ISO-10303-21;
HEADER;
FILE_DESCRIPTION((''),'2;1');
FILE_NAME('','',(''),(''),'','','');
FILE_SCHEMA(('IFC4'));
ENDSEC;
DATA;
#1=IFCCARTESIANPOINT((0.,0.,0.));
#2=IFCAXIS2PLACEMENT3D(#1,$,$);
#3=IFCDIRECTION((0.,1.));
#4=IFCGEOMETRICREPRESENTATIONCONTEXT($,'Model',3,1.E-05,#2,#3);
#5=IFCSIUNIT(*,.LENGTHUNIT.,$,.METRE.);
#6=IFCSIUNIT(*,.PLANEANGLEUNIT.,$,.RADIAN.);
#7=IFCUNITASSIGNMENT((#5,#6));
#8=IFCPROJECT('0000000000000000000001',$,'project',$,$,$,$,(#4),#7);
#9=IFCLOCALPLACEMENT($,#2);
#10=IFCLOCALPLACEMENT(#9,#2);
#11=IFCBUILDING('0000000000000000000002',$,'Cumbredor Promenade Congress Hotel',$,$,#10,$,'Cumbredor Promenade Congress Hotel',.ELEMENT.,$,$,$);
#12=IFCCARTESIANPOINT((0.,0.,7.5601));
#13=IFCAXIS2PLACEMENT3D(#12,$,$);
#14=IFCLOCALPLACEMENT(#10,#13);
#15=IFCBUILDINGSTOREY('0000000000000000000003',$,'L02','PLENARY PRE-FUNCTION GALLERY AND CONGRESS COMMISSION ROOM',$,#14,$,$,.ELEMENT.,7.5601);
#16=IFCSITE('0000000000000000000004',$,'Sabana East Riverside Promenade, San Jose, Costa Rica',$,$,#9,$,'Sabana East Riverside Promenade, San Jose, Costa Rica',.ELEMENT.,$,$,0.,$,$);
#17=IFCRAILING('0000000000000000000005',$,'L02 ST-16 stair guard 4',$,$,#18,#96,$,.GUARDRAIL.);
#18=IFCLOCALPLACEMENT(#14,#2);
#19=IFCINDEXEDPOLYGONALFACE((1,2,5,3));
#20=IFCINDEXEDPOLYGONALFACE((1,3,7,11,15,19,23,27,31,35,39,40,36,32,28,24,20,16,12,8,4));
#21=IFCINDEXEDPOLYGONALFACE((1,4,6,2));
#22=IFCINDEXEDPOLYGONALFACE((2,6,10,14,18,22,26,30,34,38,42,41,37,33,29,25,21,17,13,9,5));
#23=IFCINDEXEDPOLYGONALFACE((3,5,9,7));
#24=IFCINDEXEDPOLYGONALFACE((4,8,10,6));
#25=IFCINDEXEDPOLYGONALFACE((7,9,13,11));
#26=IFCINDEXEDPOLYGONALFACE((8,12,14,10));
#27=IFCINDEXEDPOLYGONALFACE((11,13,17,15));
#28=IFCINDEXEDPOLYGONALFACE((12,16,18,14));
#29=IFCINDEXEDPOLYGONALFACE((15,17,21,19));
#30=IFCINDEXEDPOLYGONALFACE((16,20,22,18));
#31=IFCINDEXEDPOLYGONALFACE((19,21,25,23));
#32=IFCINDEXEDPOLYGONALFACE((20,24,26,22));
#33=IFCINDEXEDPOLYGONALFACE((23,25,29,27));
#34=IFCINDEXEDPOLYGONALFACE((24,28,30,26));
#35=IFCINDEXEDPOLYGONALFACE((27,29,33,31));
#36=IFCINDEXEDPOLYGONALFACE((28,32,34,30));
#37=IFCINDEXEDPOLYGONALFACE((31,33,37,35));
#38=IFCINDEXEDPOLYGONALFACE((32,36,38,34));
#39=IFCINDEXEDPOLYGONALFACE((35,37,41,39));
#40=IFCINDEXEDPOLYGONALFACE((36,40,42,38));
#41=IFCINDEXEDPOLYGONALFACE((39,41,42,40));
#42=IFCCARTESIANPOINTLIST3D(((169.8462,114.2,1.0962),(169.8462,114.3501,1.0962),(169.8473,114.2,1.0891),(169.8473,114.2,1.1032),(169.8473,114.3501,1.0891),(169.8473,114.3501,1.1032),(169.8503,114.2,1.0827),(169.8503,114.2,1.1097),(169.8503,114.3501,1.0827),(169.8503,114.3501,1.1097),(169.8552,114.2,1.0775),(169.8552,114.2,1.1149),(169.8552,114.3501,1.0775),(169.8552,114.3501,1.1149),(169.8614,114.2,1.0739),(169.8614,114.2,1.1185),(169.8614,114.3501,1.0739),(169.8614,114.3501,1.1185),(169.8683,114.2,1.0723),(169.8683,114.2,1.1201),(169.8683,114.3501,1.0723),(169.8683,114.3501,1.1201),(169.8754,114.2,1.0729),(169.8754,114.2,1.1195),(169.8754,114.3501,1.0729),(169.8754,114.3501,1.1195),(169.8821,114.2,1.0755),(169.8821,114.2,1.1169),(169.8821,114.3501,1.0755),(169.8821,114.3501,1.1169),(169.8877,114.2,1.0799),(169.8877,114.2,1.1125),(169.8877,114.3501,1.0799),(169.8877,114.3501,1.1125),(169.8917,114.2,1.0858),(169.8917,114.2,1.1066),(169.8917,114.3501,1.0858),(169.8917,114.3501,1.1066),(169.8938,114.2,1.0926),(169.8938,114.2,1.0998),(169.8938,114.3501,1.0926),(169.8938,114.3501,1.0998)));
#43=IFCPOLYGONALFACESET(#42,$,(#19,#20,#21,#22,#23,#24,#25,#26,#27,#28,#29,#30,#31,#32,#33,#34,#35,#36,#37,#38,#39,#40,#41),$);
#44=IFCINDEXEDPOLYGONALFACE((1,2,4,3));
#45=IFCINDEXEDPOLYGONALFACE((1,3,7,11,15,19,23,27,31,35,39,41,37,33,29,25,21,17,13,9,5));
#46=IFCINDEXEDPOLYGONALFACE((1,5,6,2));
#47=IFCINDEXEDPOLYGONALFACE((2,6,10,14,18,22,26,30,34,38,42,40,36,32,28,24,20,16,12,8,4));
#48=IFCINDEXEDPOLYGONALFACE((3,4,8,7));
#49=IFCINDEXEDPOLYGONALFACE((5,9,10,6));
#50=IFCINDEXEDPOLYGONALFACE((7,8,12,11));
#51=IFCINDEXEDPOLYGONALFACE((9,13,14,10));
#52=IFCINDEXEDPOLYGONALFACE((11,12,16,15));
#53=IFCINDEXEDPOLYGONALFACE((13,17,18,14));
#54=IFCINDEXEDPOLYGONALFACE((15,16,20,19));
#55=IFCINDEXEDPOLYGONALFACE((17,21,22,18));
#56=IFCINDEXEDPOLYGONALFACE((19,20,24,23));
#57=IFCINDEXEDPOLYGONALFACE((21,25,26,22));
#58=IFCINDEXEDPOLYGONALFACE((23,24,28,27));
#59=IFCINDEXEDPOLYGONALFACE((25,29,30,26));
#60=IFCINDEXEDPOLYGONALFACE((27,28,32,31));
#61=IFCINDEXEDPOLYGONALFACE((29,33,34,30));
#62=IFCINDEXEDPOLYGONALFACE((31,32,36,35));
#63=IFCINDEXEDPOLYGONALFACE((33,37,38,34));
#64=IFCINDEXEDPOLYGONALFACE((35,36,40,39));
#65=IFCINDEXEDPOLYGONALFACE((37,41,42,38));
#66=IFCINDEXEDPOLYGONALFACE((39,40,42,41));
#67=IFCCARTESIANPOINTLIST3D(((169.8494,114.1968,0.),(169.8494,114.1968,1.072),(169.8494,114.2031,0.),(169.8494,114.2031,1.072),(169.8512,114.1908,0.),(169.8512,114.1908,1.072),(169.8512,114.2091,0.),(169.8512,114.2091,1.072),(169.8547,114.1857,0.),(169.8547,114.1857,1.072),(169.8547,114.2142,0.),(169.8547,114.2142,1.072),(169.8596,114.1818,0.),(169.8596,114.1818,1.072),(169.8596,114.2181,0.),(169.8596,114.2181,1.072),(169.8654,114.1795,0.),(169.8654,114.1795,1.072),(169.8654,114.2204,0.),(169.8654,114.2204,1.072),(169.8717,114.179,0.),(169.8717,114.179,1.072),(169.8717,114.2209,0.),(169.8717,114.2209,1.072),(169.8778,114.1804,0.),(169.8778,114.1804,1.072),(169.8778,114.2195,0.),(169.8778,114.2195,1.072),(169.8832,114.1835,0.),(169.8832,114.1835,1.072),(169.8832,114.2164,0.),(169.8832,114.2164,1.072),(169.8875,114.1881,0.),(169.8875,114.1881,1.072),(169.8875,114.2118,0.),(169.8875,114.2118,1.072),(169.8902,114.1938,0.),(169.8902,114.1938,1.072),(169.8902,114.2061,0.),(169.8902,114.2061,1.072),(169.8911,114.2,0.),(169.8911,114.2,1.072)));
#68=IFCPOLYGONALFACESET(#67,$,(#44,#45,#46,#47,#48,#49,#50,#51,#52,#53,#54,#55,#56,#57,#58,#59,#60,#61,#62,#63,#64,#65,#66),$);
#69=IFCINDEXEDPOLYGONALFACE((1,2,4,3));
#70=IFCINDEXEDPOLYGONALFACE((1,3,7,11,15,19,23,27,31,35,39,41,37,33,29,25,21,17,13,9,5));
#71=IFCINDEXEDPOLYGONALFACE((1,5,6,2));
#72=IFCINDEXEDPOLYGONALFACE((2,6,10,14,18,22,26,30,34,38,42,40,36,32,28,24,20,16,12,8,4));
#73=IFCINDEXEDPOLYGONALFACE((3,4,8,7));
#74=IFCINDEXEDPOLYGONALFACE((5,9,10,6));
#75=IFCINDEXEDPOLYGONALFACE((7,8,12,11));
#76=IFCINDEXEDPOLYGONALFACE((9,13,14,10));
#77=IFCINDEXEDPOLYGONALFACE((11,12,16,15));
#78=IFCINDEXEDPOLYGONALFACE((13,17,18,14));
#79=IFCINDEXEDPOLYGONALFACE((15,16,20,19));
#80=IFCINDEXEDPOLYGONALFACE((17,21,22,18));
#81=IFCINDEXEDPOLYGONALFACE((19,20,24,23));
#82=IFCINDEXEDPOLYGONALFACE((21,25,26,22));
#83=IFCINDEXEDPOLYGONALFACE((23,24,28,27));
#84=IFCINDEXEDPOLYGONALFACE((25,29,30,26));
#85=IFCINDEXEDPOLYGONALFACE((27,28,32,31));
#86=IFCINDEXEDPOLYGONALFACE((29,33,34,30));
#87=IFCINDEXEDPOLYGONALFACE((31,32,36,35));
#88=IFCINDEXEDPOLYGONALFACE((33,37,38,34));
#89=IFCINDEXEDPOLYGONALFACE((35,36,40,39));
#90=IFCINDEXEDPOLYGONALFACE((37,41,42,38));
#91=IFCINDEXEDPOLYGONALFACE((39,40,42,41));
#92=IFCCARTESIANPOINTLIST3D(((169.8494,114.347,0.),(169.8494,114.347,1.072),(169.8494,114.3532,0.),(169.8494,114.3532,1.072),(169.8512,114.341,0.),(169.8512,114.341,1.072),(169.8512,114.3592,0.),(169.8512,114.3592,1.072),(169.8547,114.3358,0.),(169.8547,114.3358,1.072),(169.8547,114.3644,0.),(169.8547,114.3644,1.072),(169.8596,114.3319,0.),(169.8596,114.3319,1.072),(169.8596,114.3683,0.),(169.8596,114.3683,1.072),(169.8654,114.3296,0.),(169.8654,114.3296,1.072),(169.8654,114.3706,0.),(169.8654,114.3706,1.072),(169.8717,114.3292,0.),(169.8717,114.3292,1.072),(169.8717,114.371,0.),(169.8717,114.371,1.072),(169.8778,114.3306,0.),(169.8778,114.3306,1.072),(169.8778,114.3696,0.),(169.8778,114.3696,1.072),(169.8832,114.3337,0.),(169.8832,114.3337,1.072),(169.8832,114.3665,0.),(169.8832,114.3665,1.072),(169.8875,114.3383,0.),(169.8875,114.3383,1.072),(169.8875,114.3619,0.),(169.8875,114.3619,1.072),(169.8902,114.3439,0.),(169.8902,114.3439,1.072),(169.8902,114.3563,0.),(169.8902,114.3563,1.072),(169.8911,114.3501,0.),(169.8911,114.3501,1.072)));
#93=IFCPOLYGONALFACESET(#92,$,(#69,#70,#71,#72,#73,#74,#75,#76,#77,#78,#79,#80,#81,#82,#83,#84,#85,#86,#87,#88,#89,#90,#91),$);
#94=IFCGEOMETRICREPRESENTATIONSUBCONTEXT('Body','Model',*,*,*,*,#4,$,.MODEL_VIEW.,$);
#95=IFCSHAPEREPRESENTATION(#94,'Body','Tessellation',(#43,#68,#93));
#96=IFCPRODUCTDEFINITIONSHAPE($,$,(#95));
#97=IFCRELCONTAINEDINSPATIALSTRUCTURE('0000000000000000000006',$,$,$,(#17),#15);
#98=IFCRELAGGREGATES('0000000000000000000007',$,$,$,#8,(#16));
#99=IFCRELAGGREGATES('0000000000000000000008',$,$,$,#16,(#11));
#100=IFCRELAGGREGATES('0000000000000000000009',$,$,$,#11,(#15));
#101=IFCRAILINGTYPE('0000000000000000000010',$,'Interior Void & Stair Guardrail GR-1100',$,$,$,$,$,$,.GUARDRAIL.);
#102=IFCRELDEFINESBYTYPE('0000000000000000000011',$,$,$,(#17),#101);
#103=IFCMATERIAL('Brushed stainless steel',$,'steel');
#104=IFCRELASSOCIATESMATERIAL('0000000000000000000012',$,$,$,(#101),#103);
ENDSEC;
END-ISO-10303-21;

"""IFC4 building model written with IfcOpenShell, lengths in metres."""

from ifc_helpers import new_model, si_unit, direction, frame, origin, origin_2d, place, context, subcontext, project, spatial, circle, extrude, material, type_object, element, save


model = new_model("IFC4")

# Units and contexts
model_context = context("Model", 3, precision=1e-05, world=origin(), true_north=direction((0.0, 1.0)))
body_context = subcontext(model_context, "Body", "Model", "MODEL_VIEW")
ifc_project = project(units=[si_unit("LENGTHUNIT", "METRE"), si_unit("PLANEANGLEUNIT", "RADIAN")], contexts=[model_context])

# Site, building, storey
site_placement = place(None, origin())
site = spatial("IfcSite", under=ifc_project, at=site_placement, Name="Sabana East Riverside Promenade, San Jose, Costa Rica", LongName="Sabana East Riverside Promenade, San Jose, Costa Rica", CompositionType="ELEMENT", RefElevation=0.0)
building_placement = place(site_placement, origin())
building = spatial("IfcBuilding", under=site, at=building_placement, Name="Cumbredor Promenade Congress Hotel", LongName="Cumbredor Promenade Congress Hotel", CompositionType="ELEMENT")
storey_placement = place(building_placement, frame((0.0, 0.0, 7.5601)))
storey = spatial("IfcBuildingStorey", under=building, at=storey_placement, Name="L02", Description="PLENARY PRE-FUNCTION GALLERY AND CONGRESS COMMISSION ROOM", CompositionType="ELEMENT", Elevation=7.5601)

# Railing
ifc_material_1 = material(Name="Brushed stainless steel", Category="steel")
railing_type_1 = type_object("IfcRailingType", Name="Interior Void & Stair Guardrail GR-1100", PredefinedType="GUARDRAIL", material=ifc_material_1)
railing_1_placement = place(storey_placement, frame((169.8701, 114.2, 0.0)))
element("IfcRailing", 1, at=railing_1_placement, inside=storey, type_object=railing_type_1, Name="L02 ST-16 stair guard 4", PredefinedType="GUARDRAIL", context=body_context, shape_type="SweptSolid", body=[
    extrude(circle(Radius=0.0239, at=origin_2d()), frame((0.0, 0.0, 1.0962), z_axis=(0.0, 1.0, 0.0), x_axis=(-1.0, 0.0, 0.0)), (0.0, 0.0, 1.0), 0.1501),
    extrude(circle(Radius=0.021, at=origin_2d()), origin(), (0.0, 0.0, 1.0), 1.072),
    extrude(circle(Radius=0.021, at=origin_2d()), frame((0.0, 0.1501, 0.0)), (0.0, 0.0, 1.0), 1.072),
])

save(model, "model.ifc")
